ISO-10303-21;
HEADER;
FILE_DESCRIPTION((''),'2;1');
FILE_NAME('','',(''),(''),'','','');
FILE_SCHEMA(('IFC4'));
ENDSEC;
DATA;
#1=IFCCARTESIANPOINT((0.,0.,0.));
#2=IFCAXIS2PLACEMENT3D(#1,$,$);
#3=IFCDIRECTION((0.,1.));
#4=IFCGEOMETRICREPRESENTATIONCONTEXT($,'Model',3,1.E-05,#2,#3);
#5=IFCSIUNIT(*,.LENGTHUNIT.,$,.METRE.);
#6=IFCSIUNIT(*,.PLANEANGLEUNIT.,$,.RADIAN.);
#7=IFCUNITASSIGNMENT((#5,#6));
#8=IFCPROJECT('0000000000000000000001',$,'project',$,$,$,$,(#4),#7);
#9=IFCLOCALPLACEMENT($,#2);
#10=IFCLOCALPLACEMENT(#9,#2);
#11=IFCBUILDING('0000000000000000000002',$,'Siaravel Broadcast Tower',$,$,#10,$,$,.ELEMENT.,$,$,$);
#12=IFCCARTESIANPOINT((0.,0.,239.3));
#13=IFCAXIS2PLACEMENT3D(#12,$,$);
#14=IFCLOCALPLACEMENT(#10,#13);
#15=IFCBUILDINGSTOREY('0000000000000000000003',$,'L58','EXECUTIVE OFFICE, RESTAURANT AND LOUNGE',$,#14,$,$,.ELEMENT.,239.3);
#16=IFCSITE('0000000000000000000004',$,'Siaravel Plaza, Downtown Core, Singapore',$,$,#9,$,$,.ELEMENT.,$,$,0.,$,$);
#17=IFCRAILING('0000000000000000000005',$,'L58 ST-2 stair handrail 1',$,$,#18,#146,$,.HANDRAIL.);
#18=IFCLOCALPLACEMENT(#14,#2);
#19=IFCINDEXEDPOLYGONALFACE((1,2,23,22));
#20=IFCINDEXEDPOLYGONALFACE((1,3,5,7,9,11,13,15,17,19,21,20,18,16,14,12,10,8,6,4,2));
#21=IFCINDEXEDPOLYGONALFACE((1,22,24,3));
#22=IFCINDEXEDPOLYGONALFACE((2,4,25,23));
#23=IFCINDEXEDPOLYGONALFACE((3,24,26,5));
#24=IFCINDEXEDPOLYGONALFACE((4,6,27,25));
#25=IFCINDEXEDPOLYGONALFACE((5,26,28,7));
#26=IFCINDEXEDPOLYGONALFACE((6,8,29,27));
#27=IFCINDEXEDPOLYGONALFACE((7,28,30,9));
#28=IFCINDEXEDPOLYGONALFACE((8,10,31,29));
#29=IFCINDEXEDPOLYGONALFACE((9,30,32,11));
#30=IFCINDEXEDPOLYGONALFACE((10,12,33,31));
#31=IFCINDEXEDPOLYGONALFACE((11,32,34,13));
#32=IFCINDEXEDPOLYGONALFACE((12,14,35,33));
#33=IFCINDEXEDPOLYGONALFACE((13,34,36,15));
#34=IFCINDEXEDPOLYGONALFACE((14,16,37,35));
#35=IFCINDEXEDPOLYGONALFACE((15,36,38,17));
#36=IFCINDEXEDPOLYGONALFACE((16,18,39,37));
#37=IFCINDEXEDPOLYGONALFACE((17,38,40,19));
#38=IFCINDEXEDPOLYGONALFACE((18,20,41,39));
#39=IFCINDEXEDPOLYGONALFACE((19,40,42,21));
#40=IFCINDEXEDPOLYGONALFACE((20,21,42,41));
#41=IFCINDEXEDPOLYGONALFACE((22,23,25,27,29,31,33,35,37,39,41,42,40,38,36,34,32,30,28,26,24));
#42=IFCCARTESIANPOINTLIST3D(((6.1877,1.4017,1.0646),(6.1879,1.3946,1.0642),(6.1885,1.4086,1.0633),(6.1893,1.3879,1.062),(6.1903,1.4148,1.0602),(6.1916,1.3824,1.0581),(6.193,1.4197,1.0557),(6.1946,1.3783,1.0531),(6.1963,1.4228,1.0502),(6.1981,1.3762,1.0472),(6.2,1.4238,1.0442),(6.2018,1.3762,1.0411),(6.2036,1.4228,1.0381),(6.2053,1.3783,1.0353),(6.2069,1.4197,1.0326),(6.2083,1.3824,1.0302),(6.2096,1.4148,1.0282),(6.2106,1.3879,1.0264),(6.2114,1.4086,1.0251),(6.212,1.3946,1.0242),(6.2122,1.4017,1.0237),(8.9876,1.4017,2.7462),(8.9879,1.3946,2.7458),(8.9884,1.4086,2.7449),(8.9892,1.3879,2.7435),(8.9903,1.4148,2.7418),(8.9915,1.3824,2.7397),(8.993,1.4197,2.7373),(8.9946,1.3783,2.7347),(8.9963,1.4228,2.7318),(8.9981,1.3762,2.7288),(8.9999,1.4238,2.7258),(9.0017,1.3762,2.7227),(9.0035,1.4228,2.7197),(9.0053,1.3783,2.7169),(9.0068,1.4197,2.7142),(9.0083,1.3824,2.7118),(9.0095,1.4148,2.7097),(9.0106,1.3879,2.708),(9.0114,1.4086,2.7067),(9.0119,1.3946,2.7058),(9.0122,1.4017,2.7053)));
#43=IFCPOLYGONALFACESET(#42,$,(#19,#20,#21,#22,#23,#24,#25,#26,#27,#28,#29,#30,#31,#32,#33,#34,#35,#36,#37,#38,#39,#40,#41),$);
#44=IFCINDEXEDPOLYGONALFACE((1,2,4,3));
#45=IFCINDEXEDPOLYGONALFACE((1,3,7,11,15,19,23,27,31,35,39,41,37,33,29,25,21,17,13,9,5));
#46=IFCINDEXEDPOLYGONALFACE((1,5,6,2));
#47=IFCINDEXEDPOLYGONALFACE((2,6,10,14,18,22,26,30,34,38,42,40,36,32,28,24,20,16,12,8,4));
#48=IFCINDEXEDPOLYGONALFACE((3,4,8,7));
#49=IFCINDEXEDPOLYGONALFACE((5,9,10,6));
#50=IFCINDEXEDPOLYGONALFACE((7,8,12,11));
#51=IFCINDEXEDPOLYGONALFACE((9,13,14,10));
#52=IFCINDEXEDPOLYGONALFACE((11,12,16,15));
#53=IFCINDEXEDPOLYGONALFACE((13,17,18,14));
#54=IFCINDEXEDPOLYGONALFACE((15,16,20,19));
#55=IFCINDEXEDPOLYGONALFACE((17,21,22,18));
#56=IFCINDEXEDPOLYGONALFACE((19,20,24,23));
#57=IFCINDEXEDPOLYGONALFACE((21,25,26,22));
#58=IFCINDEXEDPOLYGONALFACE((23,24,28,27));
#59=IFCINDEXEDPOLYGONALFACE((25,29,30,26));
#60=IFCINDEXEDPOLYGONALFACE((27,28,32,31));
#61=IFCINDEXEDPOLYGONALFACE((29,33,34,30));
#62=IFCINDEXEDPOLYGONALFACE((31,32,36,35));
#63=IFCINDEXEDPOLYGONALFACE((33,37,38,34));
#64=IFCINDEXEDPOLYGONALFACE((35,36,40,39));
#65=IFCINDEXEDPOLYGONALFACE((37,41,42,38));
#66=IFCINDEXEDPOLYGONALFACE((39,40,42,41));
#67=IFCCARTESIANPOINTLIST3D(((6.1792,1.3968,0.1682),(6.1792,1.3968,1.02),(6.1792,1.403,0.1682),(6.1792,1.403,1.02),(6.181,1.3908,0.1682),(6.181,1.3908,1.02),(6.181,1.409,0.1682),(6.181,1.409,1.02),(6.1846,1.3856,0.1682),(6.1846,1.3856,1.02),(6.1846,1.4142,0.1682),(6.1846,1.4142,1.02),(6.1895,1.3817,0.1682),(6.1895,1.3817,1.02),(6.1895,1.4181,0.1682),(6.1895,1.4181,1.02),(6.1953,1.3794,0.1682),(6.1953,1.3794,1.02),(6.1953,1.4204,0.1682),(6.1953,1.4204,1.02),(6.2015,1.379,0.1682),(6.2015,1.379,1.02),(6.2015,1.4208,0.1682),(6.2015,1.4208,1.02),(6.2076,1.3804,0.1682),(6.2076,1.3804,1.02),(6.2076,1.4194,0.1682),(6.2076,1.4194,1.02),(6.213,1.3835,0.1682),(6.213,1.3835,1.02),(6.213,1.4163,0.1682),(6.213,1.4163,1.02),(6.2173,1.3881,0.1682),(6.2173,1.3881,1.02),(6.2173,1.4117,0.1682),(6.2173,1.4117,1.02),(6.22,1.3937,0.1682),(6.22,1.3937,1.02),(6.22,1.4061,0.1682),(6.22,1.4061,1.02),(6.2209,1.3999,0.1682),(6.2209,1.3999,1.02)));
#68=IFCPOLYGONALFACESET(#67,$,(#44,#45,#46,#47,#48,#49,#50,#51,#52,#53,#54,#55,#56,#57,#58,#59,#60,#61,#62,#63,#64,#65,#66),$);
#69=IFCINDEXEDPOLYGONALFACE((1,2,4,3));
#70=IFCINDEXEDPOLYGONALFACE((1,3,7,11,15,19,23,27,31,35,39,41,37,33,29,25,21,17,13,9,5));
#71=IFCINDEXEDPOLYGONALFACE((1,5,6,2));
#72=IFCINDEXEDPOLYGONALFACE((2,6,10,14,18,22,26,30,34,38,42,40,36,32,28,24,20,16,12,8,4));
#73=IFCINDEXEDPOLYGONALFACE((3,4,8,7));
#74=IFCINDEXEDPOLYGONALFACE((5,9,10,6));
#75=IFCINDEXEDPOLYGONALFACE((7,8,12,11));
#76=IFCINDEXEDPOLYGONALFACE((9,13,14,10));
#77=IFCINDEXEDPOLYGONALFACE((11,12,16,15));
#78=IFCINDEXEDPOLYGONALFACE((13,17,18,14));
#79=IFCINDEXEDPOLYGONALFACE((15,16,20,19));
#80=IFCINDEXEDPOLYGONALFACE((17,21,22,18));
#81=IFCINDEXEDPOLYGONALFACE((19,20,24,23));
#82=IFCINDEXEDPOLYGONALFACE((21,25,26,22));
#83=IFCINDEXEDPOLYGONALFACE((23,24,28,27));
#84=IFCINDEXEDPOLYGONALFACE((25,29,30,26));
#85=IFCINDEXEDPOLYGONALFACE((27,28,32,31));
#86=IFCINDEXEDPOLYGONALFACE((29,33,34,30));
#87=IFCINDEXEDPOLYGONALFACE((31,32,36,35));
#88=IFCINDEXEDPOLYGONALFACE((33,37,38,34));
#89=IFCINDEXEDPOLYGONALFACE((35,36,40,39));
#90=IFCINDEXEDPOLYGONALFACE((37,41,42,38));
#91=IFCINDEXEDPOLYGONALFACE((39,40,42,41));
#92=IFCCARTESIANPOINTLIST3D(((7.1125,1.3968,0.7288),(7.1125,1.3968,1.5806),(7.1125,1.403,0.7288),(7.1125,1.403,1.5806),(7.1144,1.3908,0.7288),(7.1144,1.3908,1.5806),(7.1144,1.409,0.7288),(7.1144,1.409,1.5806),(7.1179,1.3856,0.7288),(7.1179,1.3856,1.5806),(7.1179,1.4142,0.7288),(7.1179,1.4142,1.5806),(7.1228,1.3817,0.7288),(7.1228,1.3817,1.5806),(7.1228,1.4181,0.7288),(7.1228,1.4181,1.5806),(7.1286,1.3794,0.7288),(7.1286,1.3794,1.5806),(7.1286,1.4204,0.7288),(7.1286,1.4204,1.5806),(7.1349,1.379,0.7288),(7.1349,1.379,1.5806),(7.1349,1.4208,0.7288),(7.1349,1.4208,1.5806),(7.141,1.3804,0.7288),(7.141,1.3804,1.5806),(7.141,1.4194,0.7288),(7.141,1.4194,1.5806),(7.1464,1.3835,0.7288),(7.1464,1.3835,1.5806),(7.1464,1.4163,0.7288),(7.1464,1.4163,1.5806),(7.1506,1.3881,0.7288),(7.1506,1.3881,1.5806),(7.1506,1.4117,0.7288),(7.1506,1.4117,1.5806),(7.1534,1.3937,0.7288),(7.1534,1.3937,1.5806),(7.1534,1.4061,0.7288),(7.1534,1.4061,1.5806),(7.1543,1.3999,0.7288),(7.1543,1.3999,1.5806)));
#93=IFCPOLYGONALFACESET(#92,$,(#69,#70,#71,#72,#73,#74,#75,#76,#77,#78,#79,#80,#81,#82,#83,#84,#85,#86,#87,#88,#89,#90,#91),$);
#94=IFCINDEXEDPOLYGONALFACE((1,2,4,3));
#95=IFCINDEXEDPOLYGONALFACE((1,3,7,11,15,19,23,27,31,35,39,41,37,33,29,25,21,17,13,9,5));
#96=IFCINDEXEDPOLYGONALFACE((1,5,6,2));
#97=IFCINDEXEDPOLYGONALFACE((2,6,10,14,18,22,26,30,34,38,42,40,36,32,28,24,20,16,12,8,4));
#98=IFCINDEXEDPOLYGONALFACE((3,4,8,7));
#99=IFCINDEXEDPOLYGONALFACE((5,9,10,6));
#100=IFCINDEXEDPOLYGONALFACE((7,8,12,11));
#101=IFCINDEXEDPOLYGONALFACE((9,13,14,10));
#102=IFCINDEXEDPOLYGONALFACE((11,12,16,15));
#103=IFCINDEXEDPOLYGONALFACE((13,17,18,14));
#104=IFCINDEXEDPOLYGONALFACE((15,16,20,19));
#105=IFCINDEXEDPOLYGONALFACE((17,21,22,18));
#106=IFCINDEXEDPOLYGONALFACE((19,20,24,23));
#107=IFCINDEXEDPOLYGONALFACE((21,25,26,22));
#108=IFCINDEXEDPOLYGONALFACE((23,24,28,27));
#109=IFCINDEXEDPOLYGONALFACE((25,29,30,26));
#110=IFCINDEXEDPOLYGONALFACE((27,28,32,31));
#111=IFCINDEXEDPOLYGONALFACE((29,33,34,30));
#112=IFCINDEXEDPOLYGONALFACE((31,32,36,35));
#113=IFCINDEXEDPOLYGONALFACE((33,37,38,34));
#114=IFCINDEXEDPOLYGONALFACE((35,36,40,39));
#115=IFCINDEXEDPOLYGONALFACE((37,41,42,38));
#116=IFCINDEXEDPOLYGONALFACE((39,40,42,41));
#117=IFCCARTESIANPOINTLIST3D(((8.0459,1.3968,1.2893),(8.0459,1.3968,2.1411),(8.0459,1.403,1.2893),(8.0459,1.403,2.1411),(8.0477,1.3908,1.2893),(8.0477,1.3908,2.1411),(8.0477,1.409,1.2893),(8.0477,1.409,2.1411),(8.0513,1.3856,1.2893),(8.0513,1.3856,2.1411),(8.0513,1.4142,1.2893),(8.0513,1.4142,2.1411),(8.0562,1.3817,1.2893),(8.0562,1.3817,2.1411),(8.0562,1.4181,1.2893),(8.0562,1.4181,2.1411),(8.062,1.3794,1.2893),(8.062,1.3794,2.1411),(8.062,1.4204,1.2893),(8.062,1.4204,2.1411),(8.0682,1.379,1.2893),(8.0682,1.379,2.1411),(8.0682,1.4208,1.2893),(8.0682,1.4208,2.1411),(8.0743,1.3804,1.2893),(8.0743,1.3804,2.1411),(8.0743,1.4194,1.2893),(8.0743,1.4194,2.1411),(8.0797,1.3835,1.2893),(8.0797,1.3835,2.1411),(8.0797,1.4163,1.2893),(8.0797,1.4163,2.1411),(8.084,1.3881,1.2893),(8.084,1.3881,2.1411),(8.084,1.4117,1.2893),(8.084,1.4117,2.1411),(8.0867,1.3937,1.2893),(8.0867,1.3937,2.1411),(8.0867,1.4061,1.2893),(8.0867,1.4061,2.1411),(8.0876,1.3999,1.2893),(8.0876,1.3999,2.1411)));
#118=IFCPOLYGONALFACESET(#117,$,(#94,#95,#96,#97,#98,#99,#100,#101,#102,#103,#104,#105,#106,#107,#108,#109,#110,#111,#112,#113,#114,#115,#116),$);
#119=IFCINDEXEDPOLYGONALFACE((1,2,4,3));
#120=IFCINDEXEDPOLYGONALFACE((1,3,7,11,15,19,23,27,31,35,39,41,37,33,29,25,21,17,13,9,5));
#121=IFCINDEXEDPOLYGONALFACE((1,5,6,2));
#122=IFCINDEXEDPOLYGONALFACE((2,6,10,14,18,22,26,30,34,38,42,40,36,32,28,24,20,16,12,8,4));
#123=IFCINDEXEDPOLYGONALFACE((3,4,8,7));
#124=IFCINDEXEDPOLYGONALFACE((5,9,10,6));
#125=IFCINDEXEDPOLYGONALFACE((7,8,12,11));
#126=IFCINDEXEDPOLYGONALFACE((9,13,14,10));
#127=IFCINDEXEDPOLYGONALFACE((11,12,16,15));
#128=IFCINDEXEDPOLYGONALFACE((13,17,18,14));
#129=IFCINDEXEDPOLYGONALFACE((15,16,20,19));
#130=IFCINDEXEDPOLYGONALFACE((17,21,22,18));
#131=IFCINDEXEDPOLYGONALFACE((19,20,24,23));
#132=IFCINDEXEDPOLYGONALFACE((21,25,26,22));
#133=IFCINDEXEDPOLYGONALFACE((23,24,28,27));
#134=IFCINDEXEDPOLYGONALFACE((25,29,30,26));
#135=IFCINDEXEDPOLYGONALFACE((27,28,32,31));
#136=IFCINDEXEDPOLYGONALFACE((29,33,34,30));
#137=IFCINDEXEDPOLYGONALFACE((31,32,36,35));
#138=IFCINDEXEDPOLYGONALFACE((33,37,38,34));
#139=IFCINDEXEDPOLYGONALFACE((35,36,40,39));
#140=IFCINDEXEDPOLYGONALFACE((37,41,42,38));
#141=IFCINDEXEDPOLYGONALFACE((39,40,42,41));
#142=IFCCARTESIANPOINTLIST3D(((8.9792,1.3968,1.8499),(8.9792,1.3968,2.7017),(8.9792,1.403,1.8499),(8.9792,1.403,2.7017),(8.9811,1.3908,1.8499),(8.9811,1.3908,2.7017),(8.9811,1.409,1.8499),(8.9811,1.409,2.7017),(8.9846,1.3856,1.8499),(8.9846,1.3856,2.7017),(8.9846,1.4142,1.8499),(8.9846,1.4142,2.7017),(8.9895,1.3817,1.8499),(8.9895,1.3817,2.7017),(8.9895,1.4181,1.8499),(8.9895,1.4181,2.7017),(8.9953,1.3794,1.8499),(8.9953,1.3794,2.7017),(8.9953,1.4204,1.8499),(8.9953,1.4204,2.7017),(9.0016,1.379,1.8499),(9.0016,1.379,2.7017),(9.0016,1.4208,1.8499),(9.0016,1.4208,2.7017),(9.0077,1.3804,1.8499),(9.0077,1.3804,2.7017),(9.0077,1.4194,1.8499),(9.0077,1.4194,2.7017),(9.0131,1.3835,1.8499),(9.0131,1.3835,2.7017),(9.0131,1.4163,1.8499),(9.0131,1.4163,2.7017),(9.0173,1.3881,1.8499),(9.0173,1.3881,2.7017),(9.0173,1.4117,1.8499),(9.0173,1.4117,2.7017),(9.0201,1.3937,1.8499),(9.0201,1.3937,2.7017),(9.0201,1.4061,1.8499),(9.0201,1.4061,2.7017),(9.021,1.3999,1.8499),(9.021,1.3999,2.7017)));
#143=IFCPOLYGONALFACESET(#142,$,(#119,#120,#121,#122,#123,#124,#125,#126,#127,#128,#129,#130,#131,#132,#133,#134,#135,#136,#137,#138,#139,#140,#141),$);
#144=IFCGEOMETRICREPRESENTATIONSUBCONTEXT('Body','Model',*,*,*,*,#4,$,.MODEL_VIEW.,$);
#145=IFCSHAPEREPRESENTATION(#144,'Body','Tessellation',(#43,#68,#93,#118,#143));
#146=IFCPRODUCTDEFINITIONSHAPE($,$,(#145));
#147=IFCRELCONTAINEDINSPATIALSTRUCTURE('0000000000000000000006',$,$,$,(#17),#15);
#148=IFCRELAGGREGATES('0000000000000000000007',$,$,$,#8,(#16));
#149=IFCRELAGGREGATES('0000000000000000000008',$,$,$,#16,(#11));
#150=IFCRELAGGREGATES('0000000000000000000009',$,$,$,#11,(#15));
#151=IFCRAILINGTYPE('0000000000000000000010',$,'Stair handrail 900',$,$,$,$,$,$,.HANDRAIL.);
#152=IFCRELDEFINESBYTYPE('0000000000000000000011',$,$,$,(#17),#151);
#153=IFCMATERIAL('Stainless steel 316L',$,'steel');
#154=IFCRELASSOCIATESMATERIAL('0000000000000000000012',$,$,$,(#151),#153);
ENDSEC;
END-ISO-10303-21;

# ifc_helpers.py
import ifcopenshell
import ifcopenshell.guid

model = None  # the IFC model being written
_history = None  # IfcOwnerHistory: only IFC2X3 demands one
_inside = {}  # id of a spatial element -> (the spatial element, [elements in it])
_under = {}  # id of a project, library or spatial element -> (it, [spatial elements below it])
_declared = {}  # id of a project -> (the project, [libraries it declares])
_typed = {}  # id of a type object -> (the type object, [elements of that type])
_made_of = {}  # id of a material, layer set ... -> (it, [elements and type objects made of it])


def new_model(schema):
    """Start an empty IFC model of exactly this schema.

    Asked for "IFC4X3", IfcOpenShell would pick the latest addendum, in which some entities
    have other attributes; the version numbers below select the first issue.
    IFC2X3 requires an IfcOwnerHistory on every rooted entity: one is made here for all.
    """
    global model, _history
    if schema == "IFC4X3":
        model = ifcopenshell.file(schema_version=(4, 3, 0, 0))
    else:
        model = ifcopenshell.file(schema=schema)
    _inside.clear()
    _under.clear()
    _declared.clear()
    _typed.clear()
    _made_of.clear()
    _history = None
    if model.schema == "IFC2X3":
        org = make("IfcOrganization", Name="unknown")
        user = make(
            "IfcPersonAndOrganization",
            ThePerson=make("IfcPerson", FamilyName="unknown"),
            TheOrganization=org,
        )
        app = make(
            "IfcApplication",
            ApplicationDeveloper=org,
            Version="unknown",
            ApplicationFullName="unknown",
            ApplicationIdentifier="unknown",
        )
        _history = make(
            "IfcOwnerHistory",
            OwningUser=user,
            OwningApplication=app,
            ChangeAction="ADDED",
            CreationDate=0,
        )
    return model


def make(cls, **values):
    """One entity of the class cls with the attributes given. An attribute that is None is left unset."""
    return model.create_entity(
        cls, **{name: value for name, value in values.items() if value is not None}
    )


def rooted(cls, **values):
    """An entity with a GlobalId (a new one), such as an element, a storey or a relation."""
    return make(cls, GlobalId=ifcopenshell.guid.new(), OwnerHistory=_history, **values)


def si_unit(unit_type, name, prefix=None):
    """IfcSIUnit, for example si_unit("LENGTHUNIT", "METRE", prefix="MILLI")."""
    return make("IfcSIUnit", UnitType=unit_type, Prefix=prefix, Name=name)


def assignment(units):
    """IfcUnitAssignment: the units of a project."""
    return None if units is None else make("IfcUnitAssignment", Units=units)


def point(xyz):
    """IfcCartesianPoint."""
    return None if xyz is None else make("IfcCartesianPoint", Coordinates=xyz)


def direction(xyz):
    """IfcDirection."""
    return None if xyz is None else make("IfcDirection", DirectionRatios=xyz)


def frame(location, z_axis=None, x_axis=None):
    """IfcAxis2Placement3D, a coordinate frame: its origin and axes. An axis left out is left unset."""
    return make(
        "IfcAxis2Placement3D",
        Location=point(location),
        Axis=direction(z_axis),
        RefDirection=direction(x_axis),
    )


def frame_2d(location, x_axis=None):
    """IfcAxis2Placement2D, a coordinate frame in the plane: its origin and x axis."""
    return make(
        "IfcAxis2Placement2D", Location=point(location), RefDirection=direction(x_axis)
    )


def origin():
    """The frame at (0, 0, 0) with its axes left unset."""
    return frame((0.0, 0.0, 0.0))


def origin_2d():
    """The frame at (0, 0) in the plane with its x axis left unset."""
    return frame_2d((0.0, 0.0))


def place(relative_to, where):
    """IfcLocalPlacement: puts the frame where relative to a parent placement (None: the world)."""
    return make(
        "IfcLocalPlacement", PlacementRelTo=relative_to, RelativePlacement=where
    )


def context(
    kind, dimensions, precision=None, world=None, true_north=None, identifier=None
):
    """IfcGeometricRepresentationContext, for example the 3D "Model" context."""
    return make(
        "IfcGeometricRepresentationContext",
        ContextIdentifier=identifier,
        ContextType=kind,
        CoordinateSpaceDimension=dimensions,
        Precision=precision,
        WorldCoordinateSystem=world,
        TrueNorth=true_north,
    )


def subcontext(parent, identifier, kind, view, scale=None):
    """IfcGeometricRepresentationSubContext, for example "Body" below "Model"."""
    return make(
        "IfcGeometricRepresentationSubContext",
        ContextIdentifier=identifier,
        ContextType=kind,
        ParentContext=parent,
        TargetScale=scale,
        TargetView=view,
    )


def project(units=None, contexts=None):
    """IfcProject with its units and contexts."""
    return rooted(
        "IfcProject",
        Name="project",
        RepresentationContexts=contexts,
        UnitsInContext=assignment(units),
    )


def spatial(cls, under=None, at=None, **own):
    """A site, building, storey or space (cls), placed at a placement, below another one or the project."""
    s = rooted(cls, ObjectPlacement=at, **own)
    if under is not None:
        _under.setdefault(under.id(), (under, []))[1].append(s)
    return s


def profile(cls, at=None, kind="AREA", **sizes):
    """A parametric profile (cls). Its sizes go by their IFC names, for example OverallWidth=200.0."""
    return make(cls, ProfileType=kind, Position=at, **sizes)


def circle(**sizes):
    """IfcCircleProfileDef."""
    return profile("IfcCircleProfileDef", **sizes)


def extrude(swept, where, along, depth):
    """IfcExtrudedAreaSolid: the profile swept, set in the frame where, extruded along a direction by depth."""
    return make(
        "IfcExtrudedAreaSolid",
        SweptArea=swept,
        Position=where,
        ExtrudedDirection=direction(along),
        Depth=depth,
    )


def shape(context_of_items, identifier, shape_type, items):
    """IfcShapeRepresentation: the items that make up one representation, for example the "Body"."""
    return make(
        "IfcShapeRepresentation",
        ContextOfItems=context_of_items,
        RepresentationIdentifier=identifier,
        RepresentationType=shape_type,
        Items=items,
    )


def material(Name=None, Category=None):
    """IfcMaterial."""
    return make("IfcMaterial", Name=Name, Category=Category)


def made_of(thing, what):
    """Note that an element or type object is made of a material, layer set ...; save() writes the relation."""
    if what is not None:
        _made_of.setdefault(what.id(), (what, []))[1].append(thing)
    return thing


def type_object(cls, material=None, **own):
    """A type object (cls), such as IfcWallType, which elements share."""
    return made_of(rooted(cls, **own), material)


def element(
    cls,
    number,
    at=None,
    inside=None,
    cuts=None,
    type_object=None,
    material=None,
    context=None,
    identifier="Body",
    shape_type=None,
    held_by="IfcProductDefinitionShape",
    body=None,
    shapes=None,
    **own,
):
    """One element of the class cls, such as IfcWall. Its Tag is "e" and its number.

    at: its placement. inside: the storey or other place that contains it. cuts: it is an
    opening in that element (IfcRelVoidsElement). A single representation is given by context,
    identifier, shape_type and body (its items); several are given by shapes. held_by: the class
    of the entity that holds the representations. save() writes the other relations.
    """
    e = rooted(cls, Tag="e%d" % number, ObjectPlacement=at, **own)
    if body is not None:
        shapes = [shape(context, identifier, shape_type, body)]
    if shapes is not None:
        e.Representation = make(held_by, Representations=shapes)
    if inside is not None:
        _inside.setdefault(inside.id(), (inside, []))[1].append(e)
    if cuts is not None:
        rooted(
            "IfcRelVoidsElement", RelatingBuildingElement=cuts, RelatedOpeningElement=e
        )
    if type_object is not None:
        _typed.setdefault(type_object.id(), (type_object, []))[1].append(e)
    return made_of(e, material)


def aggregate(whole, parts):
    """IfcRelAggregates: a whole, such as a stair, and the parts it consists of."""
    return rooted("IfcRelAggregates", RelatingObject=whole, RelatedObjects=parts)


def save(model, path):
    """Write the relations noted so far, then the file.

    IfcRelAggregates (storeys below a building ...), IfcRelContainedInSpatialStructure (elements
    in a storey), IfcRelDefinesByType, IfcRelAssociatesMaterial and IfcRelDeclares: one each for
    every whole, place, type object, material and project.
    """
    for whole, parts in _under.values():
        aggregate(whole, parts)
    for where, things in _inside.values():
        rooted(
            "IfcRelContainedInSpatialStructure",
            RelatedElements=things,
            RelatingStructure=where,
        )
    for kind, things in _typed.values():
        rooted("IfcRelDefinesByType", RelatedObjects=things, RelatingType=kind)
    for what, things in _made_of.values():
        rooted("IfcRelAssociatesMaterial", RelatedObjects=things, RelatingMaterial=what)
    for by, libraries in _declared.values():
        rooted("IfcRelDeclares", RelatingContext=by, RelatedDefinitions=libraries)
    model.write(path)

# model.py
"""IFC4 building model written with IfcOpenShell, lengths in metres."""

from ifc_helpers import new_model, si_unit, direction, frame, origin, origin_2d, place, context, subcontext, project, spatial, circle, extrude, material, type_object, element, save


model = new_model("IFC4")

# Units and contexts
model_context = context("Model", 3, precision=1e-05, world=origin(), true_north=direction((0.0, 1.0)))
body_context = subcontext(model_context, "Body", "Model", "MODEL_VIEW")
ifc_project = project(units=[si_unit("LENGTHUNIT", "METRE"), si_unit("PLANEANGLEUNIT", "RADIAN")], contexts=[model_context])

# Site, building, storey
site_placement = place(None, origin())
site = spatial("IfcSite", under=ifc_project, at=site_placement, Name="Siaravel Plaza, Downtown Core, Singapore", CompositionType="ELEMENT", RefElevation=0.0)
building_placement = place(site_placement, origin())
building = spatial("IfcBuilding", under=site, at=building_placement, Name="Siaravel Broadcast Tower", CompositionType="ELEMENT")
storey_placement = place(building_placement, frame((0.0, 0.0, 239.3)))
storey = spatial("IfcBuildingStorey", under=building, at=storey_placement, Name="L58", Description="EXECUTIVE OFFICE, RESTAURANT AND LOUNGE", CompositionType="ELEMENT", Elevation=239.3)

# Railing
ifc_material_1 = material(Name="Stainless steel 316L", Category="steel")
railing_type_1 = type_object("IfcRailingType", Name="Stair handrail 900", PredefinedType="HANDRAIL", material=ifc_material_1)
railing_1_placement = place(storey_placement, frame((6.2, 1.3999, 0.1682)))
element("IfcRailing", 1, at=railing_1_placement, inside=storey, type_object=railing_type_1, Name="L58 ST-2 stair handrail 1", PredefinedType="HANDRAIL", context=body_context, shape_type="SweptSolid", body=[
    extrude(circle(Radius=0.0239, at=origin_2d()), frame((0.0, 0.0, 0.876), z_axis=(0.857275, 0.0, 0.514858), x_axis=(0.0, 1.0, 0.0)), (0.0, 0.0, 1.0), 3.2661),
    extrude(circle(Radius=0.021, at=origin_2d()), origin(), (0.0, 0.0, 1.0), 0.8518),
    extrude(circle(Radius=0.021, at=origin_2d()), frame((0.9333, 0.0, 0.5605)), (0.0, 0.0, 1.0), 0.8518),
    extrude(circle(Radius=0.021, at=origin_2d()), frame((1.8667, 0.0, 1.1211)), (0.0, 0.0, 1.0), 0.8518),
    extrude(circle(Radius=0.021, at=origin_2d()), frame((2.8, 0.0, 1.6816)), (0.0, 0.0, 1.0), 0.8518),
])

save(model, "model.ifc")
